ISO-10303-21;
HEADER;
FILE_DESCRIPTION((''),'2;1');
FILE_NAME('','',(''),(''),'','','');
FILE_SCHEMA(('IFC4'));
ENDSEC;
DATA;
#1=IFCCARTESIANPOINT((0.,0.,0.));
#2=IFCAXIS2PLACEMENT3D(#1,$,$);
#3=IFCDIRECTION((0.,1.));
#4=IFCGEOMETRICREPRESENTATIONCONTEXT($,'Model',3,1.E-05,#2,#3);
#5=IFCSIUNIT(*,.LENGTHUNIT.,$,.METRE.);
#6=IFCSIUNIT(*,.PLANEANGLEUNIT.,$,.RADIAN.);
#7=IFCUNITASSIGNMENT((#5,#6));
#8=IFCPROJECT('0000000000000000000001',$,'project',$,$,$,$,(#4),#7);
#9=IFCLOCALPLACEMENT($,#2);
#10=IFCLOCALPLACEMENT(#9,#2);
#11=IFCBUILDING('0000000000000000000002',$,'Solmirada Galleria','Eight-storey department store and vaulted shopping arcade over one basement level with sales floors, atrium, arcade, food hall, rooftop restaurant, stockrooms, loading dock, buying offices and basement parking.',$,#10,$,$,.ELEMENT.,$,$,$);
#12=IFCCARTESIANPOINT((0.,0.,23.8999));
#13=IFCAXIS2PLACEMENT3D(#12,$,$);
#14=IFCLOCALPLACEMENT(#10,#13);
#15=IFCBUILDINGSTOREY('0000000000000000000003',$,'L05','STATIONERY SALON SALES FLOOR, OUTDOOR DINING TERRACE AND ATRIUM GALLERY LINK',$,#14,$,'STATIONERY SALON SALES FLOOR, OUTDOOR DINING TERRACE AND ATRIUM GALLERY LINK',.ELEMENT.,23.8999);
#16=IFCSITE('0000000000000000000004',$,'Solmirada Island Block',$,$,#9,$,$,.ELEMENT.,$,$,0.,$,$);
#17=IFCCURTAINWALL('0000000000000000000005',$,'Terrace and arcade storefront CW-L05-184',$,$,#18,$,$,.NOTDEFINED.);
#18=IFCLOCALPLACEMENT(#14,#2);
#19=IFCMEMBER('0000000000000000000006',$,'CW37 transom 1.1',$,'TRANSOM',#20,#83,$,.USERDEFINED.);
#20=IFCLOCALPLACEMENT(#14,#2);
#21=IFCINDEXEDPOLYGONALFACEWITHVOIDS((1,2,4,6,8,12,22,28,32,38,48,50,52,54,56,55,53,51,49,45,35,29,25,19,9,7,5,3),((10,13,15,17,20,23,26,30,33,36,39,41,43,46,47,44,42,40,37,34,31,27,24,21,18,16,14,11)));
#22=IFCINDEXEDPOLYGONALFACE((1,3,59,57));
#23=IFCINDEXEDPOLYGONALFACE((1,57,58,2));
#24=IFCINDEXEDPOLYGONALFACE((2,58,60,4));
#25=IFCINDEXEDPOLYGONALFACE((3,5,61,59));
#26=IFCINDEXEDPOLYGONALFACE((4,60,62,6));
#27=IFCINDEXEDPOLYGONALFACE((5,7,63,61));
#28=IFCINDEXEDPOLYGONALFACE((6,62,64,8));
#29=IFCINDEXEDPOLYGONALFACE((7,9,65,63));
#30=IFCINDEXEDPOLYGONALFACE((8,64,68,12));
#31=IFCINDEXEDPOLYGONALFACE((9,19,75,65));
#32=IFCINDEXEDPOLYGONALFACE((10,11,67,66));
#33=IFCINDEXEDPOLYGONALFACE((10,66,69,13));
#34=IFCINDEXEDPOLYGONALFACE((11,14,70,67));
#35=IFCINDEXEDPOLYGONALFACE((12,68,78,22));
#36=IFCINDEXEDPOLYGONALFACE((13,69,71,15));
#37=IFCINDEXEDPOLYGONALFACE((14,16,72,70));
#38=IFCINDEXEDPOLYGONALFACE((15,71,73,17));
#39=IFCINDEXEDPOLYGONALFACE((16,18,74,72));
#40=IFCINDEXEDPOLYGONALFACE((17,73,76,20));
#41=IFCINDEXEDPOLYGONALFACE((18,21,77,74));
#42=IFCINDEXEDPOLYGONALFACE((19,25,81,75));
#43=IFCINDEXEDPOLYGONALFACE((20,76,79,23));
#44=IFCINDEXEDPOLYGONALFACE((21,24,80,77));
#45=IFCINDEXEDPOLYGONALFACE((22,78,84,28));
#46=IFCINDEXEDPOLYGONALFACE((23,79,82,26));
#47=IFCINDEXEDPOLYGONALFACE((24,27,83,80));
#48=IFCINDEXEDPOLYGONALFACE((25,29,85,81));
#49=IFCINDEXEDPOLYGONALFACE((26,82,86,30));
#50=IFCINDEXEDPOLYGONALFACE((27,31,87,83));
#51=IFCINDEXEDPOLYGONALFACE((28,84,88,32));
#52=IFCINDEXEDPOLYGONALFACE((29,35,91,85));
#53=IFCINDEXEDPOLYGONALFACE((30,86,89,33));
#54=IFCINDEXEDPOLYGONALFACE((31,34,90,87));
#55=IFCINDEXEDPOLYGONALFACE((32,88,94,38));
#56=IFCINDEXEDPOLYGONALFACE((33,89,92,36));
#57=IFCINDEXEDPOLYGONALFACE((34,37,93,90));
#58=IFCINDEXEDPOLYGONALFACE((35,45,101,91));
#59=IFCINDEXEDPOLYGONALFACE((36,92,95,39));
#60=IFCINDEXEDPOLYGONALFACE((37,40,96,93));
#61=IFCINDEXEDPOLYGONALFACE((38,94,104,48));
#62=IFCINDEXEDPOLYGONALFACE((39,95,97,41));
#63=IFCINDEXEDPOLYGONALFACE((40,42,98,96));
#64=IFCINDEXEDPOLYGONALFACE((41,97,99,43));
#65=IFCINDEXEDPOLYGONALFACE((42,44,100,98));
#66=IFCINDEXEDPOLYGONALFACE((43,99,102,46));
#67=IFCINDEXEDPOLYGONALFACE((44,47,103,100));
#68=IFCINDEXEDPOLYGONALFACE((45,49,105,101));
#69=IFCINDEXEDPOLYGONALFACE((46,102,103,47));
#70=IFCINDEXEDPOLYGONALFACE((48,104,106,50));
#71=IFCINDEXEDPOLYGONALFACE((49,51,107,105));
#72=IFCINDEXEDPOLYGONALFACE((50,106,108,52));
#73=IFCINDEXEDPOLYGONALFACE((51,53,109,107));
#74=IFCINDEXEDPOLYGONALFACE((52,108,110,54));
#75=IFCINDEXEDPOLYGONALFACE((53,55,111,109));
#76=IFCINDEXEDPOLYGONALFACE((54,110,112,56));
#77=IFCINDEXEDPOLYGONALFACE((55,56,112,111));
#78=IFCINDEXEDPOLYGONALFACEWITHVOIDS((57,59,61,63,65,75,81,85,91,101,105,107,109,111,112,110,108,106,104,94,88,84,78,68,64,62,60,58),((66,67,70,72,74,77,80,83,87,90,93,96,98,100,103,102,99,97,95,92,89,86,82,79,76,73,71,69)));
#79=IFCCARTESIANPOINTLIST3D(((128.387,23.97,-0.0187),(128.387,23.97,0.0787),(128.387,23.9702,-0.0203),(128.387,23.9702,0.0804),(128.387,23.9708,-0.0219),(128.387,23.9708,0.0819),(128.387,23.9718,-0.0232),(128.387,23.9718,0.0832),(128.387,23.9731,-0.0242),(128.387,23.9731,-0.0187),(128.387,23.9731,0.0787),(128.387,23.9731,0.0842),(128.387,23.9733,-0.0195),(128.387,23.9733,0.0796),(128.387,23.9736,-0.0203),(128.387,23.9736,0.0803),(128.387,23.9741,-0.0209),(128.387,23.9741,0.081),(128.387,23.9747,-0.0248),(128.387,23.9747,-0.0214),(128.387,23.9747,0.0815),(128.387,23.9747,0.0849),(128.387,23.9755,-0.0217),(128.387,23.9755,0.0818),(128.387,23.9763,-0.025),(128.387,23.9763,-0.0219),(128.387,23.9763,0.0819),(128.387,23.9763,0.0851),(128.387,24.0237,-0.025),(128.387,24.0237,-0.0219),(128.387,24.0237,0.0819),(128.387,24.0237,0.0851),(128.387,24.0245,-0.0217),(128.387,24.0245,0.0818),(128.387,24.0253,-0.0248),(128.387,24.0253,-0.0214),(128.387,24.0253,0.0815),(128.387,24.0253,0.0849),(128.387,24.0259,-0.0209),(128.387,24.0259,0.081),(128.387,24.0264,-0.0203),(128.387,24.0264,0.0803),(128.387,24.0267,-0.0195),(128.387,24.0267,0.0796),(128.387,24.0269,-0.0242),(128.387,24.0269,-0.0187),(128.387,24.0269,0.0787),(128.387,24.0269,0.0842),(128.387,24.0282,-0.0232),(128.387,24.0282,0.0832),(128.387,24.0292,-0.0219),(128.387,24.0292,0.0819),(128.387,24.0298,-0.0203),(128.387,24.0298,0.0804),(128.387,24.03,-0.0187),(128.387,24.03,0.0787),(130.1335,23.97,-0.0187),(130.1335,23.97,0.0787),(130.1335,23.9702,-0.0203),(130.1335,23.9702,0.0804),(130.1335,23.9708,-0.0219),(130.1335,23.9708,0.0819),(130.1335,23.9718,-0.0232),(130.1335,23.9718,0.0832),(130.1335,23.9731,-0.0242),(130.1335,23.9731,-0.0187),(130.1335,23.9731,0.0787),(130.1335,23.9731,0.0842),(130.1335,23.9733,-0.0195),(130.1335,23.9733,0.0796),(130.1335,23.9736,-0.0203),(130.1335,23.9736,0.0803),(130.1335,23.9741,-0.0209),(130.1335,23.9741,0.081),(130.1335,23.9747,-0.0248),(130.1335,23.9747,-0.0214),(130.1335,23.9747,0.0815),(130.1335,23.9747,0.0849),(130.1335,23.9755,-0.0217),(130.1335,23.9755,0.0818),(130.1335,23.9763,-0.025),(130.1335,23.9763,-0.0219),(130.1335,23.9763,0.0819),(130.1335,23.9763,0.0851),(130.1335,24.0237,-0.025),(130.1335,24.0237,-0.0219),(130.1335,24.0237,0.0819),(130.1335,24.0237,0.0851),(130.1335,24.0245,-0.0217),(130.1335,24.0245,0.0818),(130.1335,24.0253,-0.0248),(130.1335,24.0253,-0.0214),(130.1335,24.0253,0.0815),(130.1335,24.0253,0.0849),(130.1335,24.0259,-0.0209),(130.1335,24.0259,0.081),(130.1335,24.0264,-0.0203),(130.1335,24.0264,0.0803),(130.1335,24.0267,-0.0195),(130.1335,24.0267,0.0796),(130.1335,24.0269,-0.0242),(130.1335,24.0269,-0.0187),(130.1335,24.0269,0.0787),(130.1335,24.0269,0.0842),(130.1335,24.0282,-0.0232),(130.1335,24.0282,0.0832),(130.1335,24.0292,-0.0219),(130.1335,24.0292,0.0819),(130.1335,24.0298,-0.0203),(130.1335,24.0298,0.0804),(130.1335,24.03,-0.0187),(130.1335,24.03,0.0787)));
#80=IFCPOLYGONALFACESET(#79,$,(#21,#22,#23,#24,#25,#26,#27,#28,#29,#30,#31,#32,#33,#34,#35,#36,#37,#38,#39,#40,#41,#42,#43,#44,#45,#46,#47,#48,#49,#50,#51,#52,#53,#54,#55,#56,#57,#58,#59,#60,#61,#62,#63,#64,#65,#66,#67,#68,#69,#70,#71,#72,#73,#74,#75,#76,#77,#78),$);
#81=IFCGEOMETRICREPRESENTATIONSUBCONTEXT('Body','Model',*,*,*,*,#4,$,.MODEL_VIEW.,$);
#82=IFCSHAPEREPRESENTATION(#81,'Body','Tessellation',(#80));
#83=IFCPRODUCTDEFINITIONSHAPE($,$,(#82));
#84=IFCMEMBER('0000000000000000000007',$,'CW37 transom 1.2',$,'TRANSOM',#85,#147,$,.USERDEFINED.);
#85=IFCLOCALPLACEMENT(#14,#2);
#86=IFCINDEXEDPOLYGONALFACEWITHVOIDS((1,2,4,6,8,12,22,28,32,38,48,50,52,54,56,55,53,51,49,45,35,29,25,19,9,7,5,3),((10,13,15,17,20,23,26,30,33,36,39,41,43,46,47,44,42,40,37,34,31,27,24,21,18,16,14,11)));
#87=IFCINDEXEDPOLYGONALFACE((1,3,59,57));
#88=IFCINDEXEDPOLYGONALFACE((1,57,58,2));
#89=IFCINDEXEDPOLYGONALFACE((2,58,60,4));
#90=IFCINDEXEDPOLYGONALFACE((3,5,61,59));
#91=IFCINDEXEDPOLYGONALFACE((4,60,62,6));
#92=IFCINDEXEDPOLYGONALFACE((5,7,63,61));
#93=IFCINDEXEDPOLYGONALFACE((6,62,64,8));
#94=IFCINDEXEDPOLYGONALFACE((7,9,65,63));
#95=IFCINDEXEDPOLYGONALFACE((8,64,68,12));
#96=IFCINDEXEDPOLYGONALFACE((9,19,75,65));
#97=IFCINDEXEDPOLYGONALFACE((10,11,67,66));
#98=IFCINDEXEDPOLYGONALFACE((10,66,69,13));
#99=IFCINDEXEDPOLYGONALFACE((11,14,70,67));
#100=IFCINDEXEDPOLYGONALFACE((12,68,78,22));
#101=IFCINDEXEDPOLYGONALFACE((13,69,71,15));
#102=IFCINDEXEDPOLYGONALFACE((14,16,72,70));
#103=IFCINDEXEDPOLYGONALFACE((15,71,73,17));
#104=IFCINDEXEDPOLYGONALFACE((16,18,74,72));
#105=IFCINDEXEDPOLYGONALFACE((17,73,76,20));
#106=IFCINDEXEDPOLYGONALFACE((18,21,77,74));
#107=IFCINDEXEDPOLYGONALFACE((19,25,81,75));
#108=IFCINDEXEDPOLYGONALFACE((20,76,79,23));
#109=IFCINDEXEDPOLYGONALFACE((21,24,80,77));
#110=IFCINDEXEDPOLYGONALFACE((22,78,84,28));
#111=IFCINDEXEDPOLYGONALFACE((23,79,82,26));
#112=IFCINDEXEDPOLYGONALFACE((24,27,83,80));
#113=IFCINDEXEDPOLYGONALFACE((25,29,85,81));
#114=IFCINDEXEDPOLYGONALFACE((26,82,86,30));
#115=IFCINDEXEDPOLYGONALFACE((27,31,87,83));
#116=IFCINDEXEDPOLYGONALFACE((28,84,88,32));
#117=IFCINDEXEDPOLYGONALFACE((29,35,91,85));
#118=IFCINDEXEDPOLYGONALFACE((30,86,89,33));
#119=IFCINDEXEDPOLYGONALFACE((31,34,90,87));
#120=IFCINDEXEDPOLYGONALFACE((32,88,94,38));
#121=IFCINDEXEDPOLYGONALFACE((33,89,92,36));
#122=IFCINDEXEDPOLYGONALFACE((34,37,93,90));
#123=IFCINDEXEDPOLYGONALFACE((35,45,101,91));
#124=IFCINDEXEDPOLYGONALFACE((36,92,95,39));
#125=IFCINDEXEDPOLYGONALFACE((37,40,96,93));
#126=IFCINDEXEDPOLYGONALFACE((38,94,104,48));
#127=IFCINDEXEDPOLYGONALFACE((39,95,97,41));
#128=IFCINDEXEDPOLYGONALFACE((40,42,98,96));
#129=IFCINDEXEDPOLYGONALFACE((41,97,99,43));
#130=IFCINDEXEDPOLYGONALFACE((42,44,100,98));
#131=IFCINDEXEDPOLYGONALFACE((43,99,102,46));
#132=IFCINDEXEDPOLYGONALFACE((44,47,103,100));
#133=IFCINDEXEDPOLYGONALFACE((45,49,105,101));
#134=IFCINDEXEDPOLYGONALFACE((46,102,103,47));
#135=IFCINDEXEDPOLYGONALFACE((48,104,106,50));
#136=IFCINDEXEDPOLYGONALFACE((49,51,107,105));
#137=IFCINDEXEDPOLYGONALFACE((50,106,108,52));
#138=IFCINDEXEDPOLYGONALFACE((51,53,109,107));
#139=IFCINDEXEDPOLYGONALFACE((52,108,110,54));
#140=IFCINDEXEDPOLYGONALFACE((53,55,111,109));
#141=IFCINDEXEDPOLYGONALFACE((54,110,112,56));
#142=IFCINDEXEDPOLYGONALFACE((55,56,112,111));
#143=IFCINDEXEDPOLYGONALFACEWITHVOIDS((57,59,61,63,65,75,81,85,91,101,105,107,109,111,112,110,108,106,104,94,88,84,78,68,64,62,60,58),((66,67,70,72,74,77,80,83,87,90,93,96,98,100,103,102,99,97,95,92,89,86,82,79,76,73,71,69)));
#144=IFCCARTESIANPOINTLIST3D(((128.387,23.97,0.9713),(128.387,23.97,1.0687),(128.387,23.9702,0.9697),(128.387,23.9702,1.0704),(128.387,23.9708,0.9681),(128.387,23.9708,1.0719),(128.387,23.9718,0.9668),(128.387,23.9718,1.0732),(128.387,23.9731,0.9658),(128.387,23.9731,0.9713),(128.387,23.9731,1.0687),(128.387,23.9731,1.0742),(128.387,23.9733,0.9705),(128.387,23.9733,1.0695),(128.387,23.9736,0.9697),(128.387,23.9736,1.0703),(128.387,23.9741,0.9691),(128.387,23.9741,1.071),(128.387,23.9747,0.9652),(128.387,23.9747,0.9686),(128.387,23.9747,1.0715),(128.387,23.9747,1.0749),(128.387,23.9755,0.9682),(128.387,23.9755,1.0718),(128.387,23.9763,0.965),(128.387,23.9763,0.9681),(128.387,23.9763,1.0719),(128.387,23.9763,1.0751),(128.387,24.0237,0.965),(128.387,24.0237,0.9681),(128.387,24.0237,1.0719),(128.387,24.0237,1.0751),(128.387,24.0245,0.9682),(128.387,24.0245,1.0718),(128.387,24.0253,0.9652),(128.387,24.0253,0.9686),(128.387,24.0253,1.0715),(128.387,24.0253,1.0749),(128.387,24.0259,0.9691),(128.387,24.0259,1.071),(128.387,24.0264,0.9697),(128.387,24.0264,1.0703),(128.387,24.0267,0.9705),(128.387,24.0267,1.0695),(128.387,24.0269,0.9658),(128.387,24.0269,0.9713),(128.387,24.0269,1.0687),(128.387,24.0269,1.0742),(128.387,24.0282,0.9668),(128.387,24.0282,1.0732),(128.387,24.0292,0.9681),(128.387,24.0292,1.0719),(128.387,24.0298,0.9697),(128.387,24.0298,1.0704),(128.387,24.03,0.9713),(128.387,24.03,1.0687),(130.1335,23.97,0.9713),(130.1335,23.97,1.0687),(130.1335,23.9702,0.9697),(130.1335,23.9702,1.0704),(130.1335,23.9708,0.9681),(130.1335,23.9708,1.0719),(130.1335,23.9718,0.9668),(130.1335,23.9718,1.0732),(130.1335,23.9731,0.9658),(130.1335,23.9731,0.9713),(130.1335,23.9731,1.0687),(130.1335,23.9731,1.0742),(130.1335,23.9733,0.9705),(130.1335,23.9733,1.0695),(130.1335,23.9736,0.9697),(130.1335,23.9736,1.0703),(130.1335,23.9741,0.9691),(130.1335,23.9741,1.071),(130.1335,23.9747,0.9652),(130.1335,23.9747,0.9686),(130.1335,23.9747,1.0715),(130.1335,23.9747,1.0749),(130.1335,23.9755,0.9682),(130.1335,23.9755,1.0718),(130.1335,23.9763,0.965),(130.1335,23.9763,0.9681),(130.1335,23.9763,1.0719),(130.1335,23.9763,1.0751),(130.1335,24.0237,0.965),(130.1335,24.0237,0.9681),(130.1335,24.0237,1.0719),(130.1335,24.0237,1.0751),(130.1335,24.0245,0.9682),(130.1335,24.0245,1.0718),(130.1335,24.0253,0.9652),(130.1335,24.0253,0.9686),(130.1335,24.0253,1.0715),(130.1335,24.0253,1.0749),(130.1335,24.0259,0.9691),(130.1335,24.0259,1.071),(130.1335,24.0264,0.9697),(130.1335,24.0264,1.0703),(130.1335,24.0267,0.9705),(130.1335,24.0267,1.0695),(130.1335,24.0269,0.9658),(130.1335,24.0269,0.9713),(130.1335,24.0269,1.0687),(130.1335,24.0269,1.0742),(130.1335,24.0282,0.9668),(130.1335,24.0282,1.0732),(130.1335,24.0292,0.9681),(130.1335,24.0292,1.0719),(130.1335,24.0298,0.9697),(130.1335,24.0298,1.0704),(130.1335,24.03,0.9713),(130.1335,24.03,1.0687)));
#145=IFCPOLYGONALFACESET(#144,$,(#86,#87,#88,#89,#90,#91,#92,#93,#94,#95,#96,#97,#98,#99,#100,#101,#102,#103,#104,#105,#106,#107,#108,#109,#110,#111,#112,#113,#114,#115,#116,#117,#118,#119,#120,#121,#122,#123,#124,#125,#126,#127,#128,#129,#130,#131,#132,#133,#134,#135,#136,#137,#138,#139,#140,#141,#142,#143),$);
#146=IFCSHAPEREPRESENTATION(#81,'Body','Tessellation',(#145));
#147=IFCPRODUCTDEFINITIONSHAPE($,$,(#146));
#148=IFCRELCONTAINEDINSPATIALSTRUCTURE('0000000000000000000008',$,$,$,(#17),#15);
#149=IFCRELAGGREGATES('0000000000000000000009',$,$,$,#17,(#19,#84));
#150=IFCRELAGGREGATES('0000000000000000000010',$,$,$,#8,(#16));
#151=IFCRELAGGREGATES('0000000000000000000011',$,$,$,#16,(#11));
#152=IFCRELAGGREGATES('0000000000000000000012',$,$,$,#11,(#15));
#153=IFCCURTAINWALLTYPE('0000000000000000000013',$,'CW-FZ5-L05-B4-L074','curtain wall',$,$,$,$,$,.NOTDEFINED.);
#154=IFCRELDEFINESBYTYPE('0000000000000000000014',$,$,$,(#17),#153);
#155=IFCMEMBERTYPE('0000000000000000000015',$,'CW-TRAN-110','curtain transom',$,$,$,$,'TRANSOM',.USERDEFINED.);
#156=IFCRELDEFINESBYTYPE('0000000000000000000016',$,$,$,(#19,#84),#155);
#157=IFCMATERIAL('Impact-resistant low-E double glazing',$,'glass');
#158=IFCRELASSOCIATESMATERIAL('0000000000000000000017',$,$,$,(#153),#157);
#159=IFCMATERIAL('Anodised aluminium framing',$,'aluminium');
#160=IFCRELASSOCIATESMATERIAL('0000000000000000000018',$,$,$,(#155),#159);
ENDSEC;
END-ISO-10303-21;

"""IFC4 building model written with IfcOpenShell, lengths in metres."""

from ifc_helpers import new_model, si_unit, direction, frame, origin, origin_2d, place, context, subcontext, project, spatial, hollow_rectangle, extrude, material, material_profile, profile_set, type_object, element, aggregate, save


model = new_model("IFC4")

# Units and contexts
model_context = context("Model", 3, precision=1e-05, world=origin(), true_north=direction((0.0, 1.0)))
body_context = subcontext(model_context, "Body", "Model", "MODEL_VIEW")
ifc_project = project(units=[si_unit("LENGTHUNIT", "METRE"), si_unit("PLANEANGLEUNIT", "RADIAN")], contexts=[model_context])

# Site, building, storey
site_placement = place(None, origin())
site = spatial("IfcSite", under=ifc_project, at=site_placement, Name="Solmirada Island Block", CompositionType="ELEMENT", RefElevation=0.0)
building_placement = place(site_placement, origin())
building = spatial("IfcBuilding", under=site, at=building_placement, Name="Solmirada Galleria", Description="Eight-storey department store and vaulted shopping arcade over one basement level with sales floors, atrium, arcade, food hall, rooftop restaurant, stockrooms, loading dock, buying offices and basement parking.", CompositionType="ELEMENT")
storey_placement = place(building_placement, frame((0.0, 0.0, 23.8999)))
storey = spatial("IfcBuildingStorey", under=building, at=storey_placement, Name="L05", Description="STATIONERY SALON SALES FLOOR, OUTDOOR DINING TERRACE AND ATRIUM GALLERY LINK", LongName="STATIONERY SALON SALES FLOOR, OUTDOOR DINING TERRACE AND ATRIUM GALLERY LINK", CompositionType="ELEMENT", Elevation=23.8999)

# Curtain wall, members
ifc_material_1 = material(Name="Impact-resistant low-E double glazing", Category="glass")
curtain_wall_type = type_object("IfcCurtainWallType", Name="CW-FZ5-L05-B4-L074", Description="curtain wall", PredefinedType="NOTDEFINED", material=ifc_material_1)
curtain_wall_placement = place(storey_placement, origin())
curtain_wall = element("IfcCurtainWall", 1, at=curtain_wall_placement, inside=storey, type_object=curtain_wall_type, Name="Terrace and arcade storefront CW-L05-184", PredefinedType="NOTDEFINED")
ifc_material_2 = material(Name="Anodised aluminium framing", Category="aluminium")
ifc_material_profile_1 = material_profile(ifc_material_2, hollow_rectangle(XDim=0.0601, YDim=0.1101, WallThickness=0.0032, InnerFilletRadius=0.0032, OuterFilletRadius=0.0063, at=origin_2d()), Name="ALU-TRAN-110X60")
ifc_profile_set_1 = profile_set([ifc_material_profile_1], Name="Anodised aluminium framing")
member_type_1 = type_object("IfcMemberType", Name="CW-TRAN-110", Description="curtain transom", ElementType="TRANSOM", PredefinedType="USERDEFINED", material=ifc_profile_set_1)
member_1_placement = place(storey_placement, frame((128.387, 24.0, 0.03), z_axis=(1.0, 0.0, 0.0), x_axis=(0.0, 1.0, 0.0)))
member_1 = element("IfcMember", 2, at=member_1_placement, type_object=member_type_1, Name="CW37 transom 1.1", ObjectType="TRANSOM", PredefinedType="USERDEFINED", context=body_context, shape_type="SweptSolid", body=[
    extrude(hollow_rectangle(XDim=0.0601, YDim=0.1101, WallThickness=0.0032, InnerFilletRadius=0.0032, OuterFilletRadius=0.0063, at=origin_2d()), origin(), (0.0, 0.0, 1.0), 1.7466),
])
member_2_placement = place(storey_placement, frame((128.387, 24.0, 1.02), z_axis=(1.0, 0.0, 0.0), x_axis=(0.0, 1.0, 0.0)))
member_2 = element("IfcMember", 3, at=member_2_placement, type_object=member_type_1, Name="CW37 transom 1.2", ObjectType="TRANSOM", PredefinedType="USERDEFINED", context=body_context, shape_type="SweptSolid", body=[
    extrude(hollow_rectangle(XDim=0.0601, YDim=0.1101, WallThickness=0.0032, InnerFilletRadius=0.0032, OuterFilletRadius=0.0063, at=origin_2d()), origin(), (0.0, 0.0, 1.0), 1.7466),
])
aggregate(curtain_wall, [member_1, member_2])

save(model, "model.ifc")
